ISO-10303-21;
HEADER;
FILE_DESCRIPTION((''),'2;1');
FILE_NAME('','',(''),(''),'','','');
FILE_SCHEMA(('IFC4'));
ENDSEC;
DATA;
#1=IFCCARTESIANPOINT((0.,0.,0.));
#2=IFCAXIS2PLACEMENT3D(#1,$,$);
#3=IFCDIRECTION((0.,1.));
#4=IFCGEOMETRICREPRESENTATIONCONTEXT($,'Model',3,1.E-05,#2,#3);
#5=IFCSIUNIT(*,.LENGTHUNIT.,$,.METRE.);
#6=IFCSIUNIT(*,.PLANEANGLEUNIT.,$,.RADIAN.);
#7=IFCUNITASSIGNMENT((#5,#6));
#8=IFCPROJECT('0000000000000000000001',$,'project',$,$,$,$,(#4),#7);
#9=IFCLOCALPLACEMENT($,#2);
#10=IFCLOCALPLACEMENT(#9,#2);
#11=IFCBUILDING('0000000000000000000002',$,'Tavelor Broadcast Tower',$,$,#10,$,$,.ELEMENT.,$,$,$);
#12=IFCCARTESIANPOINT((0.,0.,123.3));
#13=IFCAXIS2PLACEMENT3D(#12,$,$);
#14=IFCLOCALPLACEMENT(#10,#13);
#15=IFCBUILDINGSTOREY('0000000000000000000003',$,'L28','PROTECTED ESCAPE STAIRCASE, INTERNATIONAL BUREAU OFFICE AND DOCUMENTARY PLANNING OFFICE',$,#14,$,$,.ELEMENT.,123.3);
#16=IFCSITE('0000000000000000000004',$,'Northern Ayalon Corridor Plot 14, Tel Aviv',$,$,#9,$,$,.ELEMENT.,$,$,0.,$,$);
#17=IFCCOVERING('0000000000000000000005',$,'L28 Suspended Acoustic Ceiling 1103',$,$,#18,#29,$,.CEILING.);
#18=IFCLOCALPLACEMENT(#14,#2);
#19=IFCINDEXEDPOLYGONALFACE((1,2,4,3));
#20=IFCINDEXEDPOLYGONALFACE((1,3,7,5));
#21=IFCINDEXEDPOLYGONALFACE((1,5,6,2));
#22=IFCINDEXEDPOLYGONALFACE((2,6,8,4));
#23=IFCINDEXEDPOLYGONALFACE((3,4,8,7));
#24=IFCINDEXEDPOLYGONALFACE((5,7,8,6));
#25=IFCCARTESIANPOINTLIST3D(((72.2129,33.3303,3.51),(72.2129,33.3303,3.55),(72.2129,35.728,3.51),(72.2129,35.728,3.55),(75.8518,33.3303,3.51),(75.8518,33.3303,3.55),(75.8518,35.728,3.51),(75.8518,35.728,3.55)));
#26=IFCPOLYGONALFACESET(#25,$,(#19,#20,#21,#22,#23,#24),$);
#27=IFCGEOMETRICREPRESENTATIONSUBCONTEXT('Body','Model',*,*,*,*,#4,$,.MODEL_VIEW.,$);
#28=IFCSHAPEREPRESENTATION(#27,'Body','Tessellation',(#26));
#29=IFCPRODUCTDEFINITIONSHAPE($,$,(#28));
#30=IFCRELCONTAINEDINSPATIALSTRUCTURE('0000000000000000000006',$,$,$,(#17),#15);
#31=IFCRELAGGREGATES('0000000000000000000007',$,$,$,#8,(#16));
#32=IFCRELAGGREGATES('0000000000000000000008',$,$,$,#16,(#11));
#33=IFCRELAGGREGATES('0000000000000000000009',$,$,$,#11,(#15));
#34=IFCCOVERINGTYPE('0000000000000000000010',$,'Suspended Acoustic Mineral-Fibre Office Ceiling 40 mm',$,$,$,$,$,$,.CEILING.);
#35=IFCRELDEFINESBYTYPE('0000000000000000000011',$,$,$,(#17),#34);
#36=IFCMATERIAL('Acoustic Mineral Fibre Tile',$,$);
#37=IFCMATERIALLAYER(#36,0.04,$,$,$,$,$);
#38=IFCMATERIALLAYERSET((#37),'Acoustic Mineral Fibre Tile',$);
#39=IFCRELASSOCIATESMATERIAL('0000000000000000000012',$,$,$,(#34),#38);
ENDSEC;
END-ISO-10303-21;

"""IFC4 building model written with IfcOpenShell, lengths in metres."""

from ifc_helpers import new_model, si_unit, direction, frame, origin, place, context, subcontext, project, spatial, polyline, outline, extrude, material, layer, layer_set, type_object, element, save


model = new_model("IFC4")

# Units and contexts
model_context = context("Model", 3, precision=1e-05, world=origin(), true_north=direction((0.0, 1.0)))
body_context = subcontext(model_context, "Body", "Model", "MODEL_VIEW")
ifc_project = project(units=[si_unit("LENGTHUNIT", "METRE"), si_unit("PLANEANGLEUNIT", "RADIAN")], contexts=[model_context])

# Site, building, storey
site_placement = place(None, origin())
site = spatial("IfcSite", under=ifc_project, at=site_placement, Name="Northern Ayalon Corridor Plot 14, Tel Aviv", CompositionType="ELEMENT", RefElevation=0.0)
building_placement = place(site_placement, origin())
building = spatial("IfcBuilding", under=site, at=building_placement, Name="Tavelor Broadcast Tower", CompositionType="ELEMENT")
storey_placement = place(building_placement, frame((0.0, 0.0, 123.3)))
storey = spatial("IfcBuildingStorey", under=building, at=storey_placement, Name="L28", Description="PROTECTED ESCAPE STAIRCASE, INTERNATIONAL BUREAU OFFICE AND DOCUMENTARY PLANNING OFFICE", CompositionType="ELEMENT", Elevation=123.3)

# Covering
ifc_material_1 = material(Name="Acoustic Mineral Fibre Tile")
ifc_layer_1 = layer(ifc_material_1, 0.04)
ifc_layer_set_1 = layer_set([ifc_layer_1], Name="Acoustic Mineral Fibre Tile")
covering_type_1 = type_object("IfcCoveringType", Name="Suspended Acoustic Mineral-Fibre Office Ceiling 40 mm", PredefinedType="CEILING", material=ifc_layer_set_1)
covering_1_placement = place(storey_placement, frame((0.0, 0.0, 3.51)))
element("IfcCovering", 1, at=covering_1_placement, inside=storey, type_object=covering_type_1, Name="L28 Suspended Acoustic Ceiling 1103", PredefinedType="CEILING", context=body_context, shape_type="SweptSolid", body=[
    extrude(outline(polyline([(72.2129, 33.3303), (75.8518, 33.3303), (75.8518, 35.728), (72.2129, 35.728), (72.2129, 33.3303)])), origin(), (0.0, 0.0, 1.0), 0.04),
])

save(model, "model.ifc")
